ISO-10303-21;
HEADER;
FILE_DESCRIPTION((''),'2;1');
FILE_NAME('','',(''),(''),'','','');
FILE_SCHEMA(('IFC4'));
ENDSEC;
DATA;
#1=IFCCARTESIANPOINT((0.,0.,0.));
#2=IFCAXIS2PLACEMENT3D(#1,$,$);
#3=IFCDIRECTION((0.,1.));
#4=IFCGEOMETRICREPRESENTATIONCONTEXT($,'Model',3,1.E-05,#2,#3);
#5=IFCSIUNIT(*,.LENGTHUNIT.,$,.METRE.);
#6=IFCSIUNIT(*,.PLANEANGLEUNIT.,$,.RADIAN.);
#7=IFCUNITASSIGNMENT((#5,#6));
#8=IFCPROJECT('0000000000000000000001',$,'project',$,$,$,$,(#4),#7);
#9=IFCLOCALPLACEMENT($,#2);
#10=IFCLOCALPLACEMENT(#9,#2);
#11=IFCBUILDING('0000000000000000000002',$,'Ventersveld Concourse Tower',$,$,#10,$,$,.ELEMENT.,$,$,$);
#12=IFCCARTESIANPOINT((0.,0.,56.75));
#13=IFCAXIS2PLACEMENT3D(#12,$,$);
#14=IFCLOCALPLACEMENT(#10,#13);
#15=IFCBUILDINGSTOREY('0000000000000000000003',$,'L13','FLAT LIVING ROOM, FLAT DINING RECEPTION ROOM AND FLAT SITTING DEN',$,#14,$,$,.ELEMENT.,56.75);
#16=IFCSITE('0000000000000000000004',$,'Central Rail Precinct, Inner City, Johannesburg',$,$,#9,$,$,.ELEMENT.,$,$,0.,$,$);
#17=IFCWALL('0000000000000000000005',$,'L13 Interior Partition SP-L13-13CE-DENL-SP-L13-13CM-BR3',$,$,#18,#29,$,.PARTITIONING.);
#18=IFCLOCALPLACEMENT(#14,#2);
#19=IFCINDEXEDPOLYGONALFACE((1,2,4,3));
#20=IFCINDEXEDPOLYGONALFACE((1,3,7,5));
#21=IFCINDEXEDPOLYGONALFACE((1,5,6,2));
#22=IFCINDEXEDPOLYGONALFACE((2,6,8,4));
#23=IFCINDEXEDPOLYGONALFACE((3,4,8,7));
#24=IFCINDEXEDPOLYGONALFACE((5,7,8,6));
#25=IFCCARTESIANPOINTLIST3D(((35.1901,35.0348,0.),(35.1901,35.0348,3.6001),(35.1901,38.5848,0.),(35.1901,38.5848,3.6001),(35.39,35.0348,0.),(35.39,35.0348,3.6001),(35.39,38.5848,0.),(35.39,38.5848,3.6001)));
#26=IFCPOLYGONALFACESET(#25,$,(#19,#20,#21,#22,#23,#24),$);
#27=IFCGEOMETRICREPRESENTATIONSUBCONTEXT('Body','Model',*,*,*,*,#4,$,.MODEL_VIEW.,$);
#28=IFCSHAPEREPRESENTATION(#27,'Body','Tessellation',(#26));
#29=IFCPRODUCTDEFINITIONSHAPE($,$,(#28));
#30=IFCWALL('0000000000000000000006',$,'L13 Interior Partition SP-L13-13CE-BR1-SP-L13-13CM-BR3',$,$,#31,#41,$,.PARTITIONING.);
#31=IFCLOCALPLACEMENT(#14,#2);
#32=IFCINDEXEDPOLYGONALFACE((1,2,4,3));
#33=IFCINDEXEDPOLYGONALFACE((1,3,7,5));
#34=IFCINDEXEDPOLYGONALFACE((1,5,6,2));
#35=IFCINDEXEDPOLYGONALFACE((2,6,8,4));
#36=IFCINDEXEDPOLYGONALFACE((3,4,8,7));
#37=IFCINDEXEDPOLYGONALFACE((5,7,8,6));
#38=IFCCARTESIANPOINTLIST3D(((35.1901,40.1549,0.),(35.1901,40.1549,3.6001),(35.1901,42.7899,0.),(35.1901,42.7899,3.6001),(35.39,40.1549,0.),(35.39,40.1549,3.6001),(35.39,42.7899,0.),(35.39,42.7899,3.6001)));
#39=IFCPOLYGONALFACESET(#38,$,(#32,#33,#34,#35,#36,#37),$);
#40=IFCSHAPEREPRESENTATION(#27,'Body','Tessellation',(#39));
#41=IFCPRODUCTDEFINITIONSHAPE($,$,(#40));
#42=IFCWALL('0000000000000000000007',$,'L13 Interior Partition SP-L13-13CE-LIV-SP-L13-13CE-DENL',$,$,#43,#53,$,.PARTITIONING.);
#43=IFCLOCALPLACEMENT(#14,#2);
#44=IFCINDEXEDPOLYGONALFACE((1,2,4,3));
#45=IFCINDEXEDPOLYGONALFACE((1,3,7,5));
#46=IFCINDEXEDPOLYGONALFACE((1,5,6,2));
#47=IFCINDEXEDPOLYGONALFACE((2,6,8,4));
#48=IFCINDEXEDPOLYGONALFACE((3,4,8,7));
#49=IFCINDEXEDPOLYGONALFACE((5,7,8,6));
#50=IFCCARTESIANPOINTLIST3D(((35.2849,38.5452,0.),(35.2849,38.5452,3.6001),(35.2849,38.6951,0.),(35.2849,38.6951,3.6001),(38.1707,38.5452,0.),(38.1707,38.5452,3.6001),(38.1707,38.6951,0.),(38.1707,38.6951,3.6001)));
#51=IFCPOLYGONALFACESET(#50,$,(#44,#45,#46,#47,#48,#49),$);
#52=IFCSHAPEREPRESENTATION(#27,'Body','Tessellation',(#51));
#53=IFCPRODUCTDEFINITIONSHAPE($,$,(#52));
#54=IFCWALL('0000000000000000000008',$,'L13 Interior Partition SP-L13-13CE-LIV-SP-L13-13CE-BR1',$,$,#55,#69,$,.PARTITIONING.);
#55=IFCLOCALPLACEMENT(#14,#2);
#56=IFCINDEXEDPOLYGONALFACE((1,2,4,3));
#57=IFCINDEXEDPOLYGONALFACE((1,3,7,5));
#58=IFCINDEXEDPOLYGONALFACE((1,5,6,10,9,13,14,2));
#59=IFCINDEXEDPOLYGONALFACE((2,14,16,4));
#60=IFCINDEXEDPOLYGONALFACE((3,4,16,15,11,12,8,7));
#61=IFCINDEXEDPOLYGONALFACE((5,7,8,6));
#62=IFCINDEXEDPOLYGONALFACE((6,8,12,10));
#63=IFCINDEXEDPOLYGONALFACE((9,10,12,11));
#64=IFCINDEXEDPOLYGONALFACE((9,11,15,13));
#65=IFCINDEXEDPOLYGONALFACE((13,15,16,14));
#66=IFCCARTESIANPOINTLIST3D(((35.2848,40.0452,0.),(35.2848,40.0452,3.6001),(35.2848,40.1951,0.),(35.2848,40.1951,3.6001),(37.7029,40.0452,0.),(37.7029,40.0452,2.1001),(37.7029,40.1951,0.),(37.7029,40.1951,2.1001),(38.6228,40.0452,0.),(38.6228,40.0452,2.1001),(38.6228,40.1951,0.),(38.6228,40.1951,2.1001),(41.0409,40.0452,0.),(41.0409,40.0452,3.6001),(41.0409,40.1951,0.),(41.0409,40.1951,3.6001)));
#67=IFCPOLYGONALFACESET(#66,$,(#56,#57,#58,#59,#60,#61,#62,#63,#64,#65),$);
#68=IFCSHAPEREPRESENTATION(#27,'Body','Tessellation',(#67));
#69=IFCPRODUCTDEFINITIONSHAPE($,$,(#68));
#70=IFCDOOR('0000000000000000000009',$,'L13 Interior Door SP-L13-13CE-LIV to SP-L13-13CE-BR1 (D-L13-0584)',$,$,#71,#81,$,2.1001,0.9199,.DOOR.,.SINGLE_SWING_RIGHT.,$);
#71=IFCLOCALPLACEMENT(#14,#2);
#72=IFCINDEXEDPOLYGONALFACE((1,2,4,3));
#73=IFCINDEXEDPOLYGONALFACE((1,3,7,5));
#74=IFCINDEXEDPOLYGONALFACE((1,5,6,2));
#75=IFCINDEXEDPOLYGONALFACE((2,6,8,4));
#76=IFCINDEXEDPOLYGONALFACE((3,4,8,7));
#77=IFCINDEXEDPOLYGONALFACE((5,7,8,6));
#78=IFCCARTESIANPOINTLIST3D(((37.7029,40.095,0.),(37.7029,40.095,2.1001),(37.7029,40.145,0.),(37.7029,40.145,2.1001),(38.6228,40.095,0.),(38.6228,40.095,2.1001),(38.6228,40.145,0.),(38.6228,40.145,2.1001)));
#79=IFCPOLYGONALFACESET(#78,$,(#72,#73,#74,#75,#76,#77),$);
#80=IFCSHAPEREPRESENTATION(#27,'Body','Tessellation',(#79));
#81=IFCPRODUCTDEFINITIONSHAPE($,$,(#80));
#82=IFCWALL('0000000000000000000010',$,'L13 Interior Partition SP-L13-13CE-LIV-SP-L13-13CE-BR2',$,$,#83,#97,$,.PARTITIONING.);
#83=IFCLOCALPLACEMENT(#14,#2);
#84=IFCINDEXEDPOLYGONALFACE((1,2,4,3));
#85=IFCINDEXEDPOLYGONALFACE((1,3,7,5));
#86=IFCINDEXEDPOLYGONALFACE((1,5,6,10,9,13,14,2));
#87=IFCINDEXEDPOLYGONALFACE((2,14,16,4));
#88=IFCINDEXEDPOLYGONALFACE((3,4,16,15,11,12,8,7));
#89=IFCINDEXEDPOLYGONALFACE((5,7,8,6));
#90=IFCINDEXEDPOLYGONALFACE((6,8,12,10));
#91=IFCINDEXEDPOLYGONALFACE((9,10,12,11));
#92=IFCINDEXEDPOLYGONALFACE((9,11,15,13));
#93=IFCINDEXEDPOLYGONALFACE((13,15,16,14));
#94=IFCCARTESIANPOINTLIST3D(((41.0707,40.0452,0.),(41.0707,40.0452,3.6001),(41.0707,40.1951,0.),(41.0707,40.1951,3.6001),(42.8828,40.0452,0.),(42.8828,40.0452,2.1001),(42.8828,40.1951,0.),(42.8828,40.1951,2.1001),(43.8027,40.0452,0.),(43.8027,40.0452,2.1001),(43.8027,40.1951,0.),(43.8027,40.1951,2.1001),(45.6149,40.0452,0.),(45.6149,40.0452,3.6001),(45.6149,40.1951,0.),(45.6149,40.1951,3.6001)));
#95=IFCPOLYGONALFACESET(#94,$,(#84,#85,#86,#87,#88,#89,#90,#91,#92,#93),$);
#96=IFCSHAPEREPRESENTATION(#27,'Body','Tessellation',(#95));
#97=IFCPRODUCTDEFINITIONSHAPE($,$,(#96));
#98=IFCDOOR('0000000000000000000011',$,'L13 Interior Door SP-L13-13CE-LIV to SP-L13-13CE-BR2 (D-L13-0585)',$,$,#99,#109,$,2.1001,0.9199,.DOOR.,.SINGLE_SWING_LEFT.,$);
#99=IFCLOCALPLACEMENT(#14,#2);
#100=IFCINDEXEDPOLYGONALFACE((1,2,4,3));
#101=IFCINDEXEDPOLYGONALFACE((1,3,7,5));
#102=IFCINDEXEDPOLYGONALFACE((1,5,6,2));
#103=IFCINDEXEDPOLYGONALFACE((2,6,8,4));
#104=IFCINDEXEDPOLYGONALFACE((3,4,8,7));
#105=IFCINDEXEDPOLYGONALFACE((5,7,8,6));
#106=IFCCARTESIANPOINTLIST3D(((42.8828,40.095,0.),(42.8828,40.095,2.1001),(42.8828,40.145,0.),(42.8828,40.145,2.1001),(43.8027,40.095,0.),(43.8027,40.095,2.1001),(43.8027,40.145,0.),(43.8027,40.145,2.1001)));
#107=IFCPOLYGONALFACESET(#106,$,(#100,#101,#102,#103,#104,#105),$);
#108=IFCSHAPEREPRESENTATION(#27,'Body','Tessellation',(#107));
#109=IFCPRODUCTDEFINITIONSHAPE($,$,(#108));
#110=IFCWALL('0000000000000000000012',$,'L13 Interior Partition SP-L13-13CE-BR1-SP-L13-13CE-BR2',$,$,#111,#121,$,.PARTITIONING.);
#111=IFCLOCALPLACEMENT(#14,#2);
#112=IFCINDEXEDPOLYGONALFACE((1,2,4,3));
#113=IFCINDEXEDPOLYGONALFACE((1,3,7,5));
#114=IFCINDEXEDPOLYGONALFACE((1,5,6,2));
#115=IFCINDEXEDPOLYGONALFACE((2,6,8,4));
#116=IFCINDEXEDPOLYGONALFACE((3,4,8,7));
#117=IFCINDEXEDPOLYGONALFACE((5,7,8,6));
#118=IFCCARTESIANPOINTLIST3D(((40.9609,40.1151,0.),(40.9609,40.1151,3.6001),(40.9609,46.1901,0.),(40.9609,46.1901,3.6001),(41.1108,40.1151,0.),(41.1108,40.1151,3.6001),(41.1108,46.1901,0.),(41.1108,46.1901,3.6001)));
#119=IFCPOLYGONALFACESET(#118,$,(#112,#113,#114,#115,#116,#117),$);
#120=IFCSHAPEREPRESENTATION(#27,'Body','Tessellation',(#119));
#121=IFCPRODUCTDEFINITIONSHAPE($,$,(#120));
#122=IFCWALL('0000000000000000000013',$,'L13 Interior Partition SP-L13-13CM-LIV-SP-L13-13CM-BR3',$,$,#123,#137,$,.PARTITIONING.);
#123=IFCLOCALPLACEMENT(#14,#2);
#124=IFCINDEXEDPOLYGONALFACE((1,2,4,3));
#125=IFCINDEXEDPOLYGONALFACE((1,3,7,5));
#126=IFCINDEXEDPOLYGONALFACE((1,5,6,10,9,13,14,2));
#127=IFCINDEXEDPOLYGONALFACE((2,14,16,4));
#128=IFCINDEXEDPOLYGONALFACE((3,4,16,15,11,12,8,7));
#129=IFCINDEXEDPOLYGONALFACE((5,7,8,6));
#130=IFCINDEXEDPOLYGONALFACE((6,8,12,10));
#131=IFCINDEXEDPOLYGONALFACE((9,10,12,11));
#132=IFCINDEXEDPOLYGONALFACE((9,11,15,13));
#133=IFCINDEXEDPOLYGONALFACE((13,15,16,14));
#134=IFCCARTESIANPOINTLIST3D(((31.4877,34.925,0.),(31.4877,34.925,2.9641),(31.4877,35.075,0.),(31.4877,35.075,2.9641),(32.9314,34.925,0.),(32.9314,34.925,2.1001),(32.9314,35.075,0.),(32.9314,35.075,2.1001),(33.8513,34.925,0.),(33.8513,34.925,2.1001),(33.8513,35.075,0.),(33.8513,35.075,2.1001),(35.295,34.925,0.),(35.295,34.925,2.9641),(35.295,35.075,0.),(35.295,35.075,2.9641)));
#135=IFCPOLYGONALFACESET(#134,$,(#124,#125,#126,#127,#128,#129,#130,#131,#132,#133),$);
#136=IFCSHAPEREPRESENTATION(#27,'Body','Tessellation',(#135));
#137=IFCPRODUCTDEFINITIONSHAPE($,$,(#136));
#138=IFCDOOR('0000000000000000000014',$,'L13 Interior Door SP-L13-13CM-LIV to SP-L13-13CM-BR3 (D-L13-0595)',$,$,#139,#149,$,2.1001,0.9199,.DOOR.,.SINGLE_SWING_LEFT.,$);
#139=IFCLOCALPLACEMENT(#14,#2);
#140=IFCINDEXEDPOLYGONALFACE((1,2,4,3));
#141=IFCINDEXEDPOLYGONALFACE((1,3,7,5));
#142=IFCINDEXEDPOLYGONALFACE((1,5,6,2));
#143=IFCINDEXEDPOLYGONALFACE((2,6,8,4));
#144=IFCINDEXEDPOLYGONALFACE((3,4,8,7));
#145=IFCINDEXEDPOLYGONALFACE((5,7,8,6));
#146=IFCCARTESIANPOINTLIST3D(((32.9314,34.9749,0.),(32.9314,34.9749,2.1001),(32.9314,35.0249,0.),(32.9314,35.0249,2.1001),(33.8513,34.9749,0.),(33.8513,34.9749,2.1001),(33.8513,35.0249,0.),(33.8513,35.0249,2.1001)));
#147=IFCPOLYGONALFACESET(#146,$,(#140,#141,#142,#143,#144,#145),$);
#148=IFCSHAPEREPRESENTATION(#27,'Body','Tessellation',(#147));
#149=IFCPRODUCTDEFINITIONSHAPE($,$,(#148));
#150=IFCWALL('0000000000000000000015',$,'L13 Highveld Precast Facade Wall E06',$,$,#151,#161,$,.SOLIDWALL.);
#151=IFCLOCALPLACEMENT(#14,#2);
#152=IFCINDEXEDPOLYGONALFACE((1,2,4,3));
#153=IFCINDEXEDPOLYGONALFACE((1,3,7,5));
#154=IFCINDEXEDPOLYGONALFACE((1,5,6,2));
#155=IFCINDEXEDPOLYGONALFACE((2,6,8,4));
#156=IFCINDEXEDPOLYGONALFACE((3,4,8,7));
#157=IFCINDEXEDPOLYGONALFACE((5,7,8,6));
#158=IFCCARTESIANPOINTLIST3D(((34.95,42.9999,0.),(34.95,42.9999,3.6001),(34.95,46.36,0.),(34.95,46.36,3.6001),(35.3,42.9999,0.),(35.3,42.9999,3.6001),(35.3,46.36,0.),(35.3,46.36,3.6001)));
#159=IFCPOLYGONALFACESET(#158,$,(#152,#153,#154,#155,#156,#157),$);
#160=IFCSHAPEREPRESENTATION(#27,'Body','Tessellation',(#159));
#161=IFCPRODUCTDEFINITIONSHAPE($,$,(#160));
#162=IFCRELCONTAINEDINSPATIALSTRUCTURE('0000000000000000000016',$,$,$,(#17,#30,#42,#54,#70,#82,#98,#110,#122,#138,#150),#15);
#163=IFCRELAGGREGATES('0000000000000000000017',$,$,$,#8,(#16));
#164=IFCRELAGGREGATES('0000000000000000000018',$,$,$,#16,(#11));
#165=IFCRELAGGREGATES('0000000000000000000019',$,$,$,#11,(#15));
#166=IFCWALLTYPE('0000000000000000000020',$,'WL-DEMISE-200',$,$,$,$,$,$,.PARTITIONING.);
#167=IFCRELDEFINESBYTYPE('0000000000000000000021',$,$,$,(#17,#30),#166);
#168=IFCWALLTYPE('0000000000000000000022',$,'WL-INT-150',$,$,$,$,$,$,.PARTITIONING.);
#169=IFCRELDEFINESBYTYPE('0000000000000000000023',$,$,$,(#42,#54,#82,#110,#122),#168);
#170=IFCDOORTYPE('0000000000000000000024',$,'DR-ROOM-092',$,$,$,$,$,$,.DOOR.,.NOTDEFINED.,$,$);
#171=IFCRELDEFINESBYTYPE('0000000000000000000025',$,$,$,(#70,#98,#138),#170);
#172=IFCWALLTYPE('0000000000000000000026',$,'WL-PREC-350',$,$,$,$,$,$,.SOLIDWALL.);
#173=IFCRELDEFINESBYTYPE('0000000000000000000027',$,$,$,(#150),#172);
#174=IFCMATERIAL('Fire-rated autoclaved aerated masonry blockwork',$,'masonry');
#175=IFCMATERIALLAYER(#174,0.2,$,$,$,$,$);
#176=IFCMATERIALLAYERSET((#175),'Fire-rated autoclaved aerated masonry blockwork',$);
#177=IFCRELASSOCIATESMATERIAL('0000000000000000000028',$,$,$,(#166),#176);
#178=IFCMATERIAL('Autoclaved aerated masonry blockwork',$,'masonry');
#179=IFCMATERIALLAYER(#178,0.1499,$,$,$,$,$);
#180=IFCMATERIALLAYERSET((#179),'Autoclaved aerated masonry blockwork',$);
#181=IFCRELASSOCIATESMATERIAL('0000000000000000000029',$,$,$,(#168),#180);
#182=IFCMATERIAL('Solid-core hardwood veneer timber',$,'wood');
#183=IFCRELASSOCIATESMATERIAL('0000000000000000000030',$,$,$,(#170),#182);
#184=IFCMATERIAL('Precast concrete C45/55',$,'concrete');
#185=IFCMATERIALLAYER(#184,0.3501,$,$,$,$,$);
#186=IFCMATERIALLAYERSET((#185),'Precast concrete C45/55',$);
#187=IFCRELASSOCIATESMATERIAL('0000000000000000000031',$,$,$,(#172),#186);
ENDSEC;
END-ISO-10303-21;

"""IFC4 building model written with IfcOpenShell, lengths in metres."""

from ifc_helpers import new_model, si_unit, direction, frame, frame_2d, origin, place, context, subcontext, project, spatial, rectangle, extrude, material, layer, layer_set, type_object, element, fill, save


model = new_model("IFC4")

# Units and contexts
model_context = context("Model", 3, precision=1e-05, world=origin(), true_north=direction((0.0, 1.0)))
body_context = subcontext(model_context, "Body", "Model", "MODEL_VIEW")
ifc_project = project(units=[si_unit("LENGTHUNIT", "METRE"), si_unit("PLANEANGLEUNIT", "RADIAN")], contexts=[model_context])

# Site, building, storey
site_placement = place(None, origin())
site = spatial("IfcSite", under=ifc_project, at=site_placement, Name="Central Rail Precinct, Inner City, Johannesburg", CompositionType="ELEMENT", RefElevation=0.0)
building_placement = place(site_placement, origin())
building = spatial("IfcBuilding", under=site, at=building_placement, Name="Ventersveld Concourse Tower", CompositionType="ELEMENT")
storey_placement = place(building_placement, frame((0.0, 0.0, 56.75)))
storey = spatial("IfcBuildingStorey", under=building, at=storey_placement, Name="L13", Description="FLAT LIVING ROOM, FLAT DINING RECEPTION ROOM AND FLAT SITTING DEN", CompositionType="ELEMENT", Elevation=56.75)

# Walls
ifc_material_1 = material(Name="Fire-rated autoclaved aerated masonry blockwork", Category="masonry")
ifc_layer_1 = layer(ifc_material_1, 0.2)
ifc_layer_set_1 = layer_set([ifc_layer_1], Name="Fire-rated autoclaved aerated masonry blockwork")
wall_type_1 = type_object("IfcWallType", Name="WL-DEMISE-200", PredefinedType="PARTITIONING", material=ifc_layer_set_1)
wall_1_placement = place(storey_placement, frame((35.29, 35.0349, 0.0), z_axis=(0.0, 0.0, 1.0), x_axis=(0.0, 1.0, 0.0)))
element("IfcWall", 1, at=wall_1_placement, inside=storey, type_object=wall_type_1, Name="L13 Interior Partition SP-L13-13CE-DENL-SP-L13-13CM-BR3", PredefinedType="PARTITIONING", context=body_context, shape_type="SweptSolid", body=[
    extrude(rectangle(XDim=3.55, YDim=0.2, at=frame_2d((1.7749, 0.0))), origin(), (0.0, 0.0, 1.0), 3.6001),
])
wall_2_placement = place(storey_placement, frame((35.29, 40.155, 0.0), z_axis=(0.0, 0.0, 1.0), x_axis=(0.0, 1.0, 0.0)))
element("IfcWall", 2, at=wall_2_placement, inside=storey, type_object=wall_type_1, Name="L13 Interior Partition SP-L13-13CE-BR1-SP-L13-13CM-BR3", PredefinedType="PARTITIONING", context=body_context, shape_type="SweptSolid", body=[
    extrude(rectangle(XDim=2.635, YDim=0.2, at=frame_2d((1.3174, 0.0))), origin(), (0.0, 0.0, 1.0), 3.6001),
])
ifc_material_2 = material(Name="Autoclaved aerated masonry blockwork", Category="masonry")
ifc_layer_2 = layer(ifc_material_2, 0.1499)
ifc_layer_set_2 = layer_set([ifc_layer_2], Name="Autoclaved aerated masonry blockwork")
wall_type_2 = type_object("IfcWallType", Name="WL-INT-150", PredefinedType="PARTITIONING", material=ifc_layer_set_2)
wall_3_placement = place(storey_placement, frame((35.2849, 38.6201, 0.0), z_axis=(0.0, 0.0, 1.0), x_axis=(1.0, 0.0, 0.0)))
element("IfcWall", 3, at=wall_3_placement, inside=storey, type_object=wall_type_2, Name="L13 Interior Partition SP-L13-13CE-LIV-SP-L13-13CE-DENL", PredefinedType="PARTITIONING", context=body_context, shape_type="SweptSolid", body=[
    extrude(rectangle(XDim=2.8857, YDim=0.1499, at=frame_2d((1.4429, 0.0))), origin(), (0.0, 0.0, 1.0), 3.6001),
])

# Walls, openings, doors
wall_4_placement = place(storey_placement, frame((35.2849, 40.1201, 0.0), z_axis=(0.0, 0.0, 1.0), x_axis=(1.0, 0.0, 0.0)))
wall_4 = element("IfcWall", 4, at=wall_4_placement, inside=storey, type_object=wall_type_2, Name="L13 Interior Partition SP-L13-13CE-LIV-SP-L13-13CE-BR1", PredefinedType="PARTITIONING", context=body_context, shape_type="SweptSolid", body=[
    extrude(rectangle(XDim=5.7561, YDim=0.1499, at=frame_2d((2.8779, 0.0))), origin(), (0.0, 0.0, 1.0), 3.6001),
])
opening_1_placement = place(wall_4_placement, frame((2.418, 0.0, 0.0)))
opening_1 = element("IfcOpeningElement", 5, at=opening_1_placement, cuts=wall_4, PredefinedType="OPENING", context=body_context, shape_type="SweptSolid", body=[
    extrude(rectangle(XDim=0.9199, YDim=2.1001, at=frame_2d((0.46, 1.05))), frame((0.0, 0.085, 0.0), z_axis=(0.0, -1.0, 0.0), x_axis=(1.0, 0.0, 0.0)), (0.0, 0.0, 1.0), 0.1699),
])
ifc_material_3 = material(Name="Solid-core hardwood veneer timber", Category="wood")
door_type_1 = type_object("IfcDoorType", Name="DR-ROOM-092", OperationType="NOTDEFINED", PredefinedType="DOOR", material=ifc_material_3)
door_1_placement = place(opening_1_placement, origin())
door_1 = element("IfcDoor", 6, at=door_1_placement, inside=storey, type_object=door_type_1, Name="L13 Interior Door SP-L13-13CE-LIV to SP-L13-13CE-BR1 (D-L13-0584)", OperationType="SINGLE_SWING_RIGHT", OverallHeight=2.1001, OverallWidth=0.9199, PredefinedType="DOOR", context=body_context, shape_type="SweptSolid", body=[
    extrude(rectangle(XDim=0.9199, YDim=2.1001, at=frame_2d((0.46, 1.05))), frame((0.0, 0.0249, 0.0), z_axis=(0.0, -1.0, 0.0), x_axis=(1.0, 0.0, 0.0)), (0.0, 0.0, 1.0), 0.05),
])
fill(opening_1, door_1)
wall_5_placement = place(storey_placement, frame((41.0708, 40.1201, 0.0), z_axis=(0.0, 0.0, 1.0), x_axis=(1.0, 0.0, 0.0)))
wall_5 = element("IfcWall", 7, at=wall_5_placement, inside=storey, type_object=wall_type_2, Name="L13 Interior Partition SP-L13-13CE-LIV-SP-L13-13CE-BR2", PredefinedType="PARTITIONING", context=body_context, shape_type="SweptSolid", body=[
    extrude(rectangle(XDim=4.5442, YDim=0.1499, at=frame_2d((2.272, 0.0))), origin(), (0.0, 0.0, 1.0), 3.6001),
])
opening_2_placement = place(wall_5_placement, frame((1.812, 0.0, 0.0)))
opening_2 = element("IfcOpeningElement", 8, at=opening_2_placement, cuts=wall_5, PredefinedType="OPENING", context=body_context, shape_type="SweptSolid", body=[
    extrude(rectangle(XDim=0.9199, YDim=2.1001, at=frame_2d((0.46, 1.05))), frame((0.0, 0.085, 0.0), z_axis=(0.0, -1.0, 0.0), x_axis=(1.0, 0.0, 0.0)), (0.0, 0.0, 1.0), 0.1699),
])
door_2_placement = place(opening_2_placement, origin())
door_2 = element("IfcDoor", 9, at=door_2_placement, inside=storey, type_object=door_type_1, Name="L13 Interior Door SP-L13-13CE-LIV to SP-L13-13CE-BR2 (D-L13-0585)", OperationType="SINGLE_SWING_LEFT", OverallHeight=2.1001, OverallWidth=0.9199, PredefinedType="DOOR", context=body_context, shape_type="SweptSolid", body=[
    extrude(rectangle(XDim=0.9199, YDim=2.1001, at=frame_2d((0.46, 1.05))), frame((0.0, 0.0249, 0.0), z_axis=(0.0, -1.0, 0.0), x_axis=(1.0, 0.0, 0.0)), (0.0, 0.0, 1.0), 0.05),
])
fill(opening_2, door_2)

# Wall
wall_6_placement = place(storey_placement, frame((41.0359, 40.115, 0.0), z_axis=(0.0, 0.0, 1.0), x_axis=(0.0, 1.0, 0.0)))
element("IfcWall", 10, at=wall_6_placement, inside=storey, type_object=wall_type_2, Name="L13 Interior Partition SP-L13-13CE-BR1-SP-L13-13CE-BR2", PredefinedType="PARTITIONING", context=body_context, shape_type="SweptSolid", body=[
    extrude(rectangle(XDim=6.075, YDim=0.1499, at=frame_2d((3.0376, 0.0))), origin(), (0.0, 0.0, 1.0), 3.6001),
])

# Wall, opening, door
wall_7_placement = place(storey_placement, frame((31.4875, 35.0, 0.0), z_axis=(0.0, 0.0, 1.0), x_axis=(1.0, 0.0, 0.0)))
wall_7 = element("IfcWall", 11, at=wall_7_placement, inside=storey, type_object=wall_type_2, Name="L13 Interior Partition SP-L13-13CM-LIV-SP-L13-13CM-BR3", PredefinedType="PARTITIONING", context=body_context, shape_type="SweptSolid", body=[
    extrude(rectangle(XDim=3.8074, YDim=0.1499, at=frame_2d((1.9038, 0.0))), origin(), (0.0, 0.0, 1.0), 2.9641),
])
opening_3_placement = place(wall_7_placement, frame((1.4438, 0.0, 0.0)))
opening_3 = element("IfcOpeningElement", 12, at=opening_3_placement, cuts=wall_7, PredefinedType="OPENING", context=body_context, shape_type="SweptSolid", body=[
    extrude(rectangle(XDim=0.9199, YDim=2.1001, at=frame_2d((0.46, 1.05))), frame((0.0, 0.085, 0.0), z_axis=(0.0, -1.0, 0.0), x_axis=(1.0, 0.0, 0.0)), (0.0, 0.0, 1.0), 0.1699),
])
door_3_placement = place(opening_3_placement, origin())
door_3 = element("IfcDoor", 13, at=door_3_placement, inside=storey, type_object=door_type_1, Name="L13 Interior Door SP-L13-13CM-LIV to SP-L13-13CM-BR3 (D-L13-0595)", OperationType="SINGLE_SWING_LEFT", OverallHeight=2.1001, OverallWidth=0.9199, PredefinedType="DOOR", context=body_context, shape_type="SweptSolid", body=[
    extrude(rectangle(XDim=0.9199, YDim=2.1001, at=frame_2d((0.46, 1.05))), frame((0.0, 0.0249, 0.0), z_axis=(0.0, -1.0, 0.0), x_axis=(1.0, 0.0, 0.0)), (0.0, 0.0, 1.0), 0.05),
])
fill(opening_3, door_3)

# Wall
ifc_material_4 = material(Name="Precast concrete C45/55", Category="concrete")
ifc_layer_3 = layer(ifc_material_4, 0.3501)
ifc_layer_set_3 = layer_set([ifc_layer_3], Name="Precast concrete C45/55")
wall_type_3 = type_object("IfcWallType", Name="WL-PREC-350", PredefinedType="SOLIDWALL", material=ifc_layer_set_3)
wall_8_placement = place(storey_placement, frame((35.125, 46.3601, 0.0), z_axis=(0.0, 0.0, 1.0), x_axis=(0.0, -1.0, 0.0)))
element("IfcWall", 14, at=wall_8_placement, inside=storey, type_object=wall_type_3, Name="L13 Highveld Precast Facade Wall E06", PredefinedType="SOLIDWALL", context=body_context, shape_type="SweptSolid", body=[
    extrude(rectangle(XDim=3.3601, YDim=0.3501, at=frame_2d((1.6802, 0.0))), origin(), (0.0, 0.0, 1.0), 3.6001),
])

save(model, "model.ifc")
